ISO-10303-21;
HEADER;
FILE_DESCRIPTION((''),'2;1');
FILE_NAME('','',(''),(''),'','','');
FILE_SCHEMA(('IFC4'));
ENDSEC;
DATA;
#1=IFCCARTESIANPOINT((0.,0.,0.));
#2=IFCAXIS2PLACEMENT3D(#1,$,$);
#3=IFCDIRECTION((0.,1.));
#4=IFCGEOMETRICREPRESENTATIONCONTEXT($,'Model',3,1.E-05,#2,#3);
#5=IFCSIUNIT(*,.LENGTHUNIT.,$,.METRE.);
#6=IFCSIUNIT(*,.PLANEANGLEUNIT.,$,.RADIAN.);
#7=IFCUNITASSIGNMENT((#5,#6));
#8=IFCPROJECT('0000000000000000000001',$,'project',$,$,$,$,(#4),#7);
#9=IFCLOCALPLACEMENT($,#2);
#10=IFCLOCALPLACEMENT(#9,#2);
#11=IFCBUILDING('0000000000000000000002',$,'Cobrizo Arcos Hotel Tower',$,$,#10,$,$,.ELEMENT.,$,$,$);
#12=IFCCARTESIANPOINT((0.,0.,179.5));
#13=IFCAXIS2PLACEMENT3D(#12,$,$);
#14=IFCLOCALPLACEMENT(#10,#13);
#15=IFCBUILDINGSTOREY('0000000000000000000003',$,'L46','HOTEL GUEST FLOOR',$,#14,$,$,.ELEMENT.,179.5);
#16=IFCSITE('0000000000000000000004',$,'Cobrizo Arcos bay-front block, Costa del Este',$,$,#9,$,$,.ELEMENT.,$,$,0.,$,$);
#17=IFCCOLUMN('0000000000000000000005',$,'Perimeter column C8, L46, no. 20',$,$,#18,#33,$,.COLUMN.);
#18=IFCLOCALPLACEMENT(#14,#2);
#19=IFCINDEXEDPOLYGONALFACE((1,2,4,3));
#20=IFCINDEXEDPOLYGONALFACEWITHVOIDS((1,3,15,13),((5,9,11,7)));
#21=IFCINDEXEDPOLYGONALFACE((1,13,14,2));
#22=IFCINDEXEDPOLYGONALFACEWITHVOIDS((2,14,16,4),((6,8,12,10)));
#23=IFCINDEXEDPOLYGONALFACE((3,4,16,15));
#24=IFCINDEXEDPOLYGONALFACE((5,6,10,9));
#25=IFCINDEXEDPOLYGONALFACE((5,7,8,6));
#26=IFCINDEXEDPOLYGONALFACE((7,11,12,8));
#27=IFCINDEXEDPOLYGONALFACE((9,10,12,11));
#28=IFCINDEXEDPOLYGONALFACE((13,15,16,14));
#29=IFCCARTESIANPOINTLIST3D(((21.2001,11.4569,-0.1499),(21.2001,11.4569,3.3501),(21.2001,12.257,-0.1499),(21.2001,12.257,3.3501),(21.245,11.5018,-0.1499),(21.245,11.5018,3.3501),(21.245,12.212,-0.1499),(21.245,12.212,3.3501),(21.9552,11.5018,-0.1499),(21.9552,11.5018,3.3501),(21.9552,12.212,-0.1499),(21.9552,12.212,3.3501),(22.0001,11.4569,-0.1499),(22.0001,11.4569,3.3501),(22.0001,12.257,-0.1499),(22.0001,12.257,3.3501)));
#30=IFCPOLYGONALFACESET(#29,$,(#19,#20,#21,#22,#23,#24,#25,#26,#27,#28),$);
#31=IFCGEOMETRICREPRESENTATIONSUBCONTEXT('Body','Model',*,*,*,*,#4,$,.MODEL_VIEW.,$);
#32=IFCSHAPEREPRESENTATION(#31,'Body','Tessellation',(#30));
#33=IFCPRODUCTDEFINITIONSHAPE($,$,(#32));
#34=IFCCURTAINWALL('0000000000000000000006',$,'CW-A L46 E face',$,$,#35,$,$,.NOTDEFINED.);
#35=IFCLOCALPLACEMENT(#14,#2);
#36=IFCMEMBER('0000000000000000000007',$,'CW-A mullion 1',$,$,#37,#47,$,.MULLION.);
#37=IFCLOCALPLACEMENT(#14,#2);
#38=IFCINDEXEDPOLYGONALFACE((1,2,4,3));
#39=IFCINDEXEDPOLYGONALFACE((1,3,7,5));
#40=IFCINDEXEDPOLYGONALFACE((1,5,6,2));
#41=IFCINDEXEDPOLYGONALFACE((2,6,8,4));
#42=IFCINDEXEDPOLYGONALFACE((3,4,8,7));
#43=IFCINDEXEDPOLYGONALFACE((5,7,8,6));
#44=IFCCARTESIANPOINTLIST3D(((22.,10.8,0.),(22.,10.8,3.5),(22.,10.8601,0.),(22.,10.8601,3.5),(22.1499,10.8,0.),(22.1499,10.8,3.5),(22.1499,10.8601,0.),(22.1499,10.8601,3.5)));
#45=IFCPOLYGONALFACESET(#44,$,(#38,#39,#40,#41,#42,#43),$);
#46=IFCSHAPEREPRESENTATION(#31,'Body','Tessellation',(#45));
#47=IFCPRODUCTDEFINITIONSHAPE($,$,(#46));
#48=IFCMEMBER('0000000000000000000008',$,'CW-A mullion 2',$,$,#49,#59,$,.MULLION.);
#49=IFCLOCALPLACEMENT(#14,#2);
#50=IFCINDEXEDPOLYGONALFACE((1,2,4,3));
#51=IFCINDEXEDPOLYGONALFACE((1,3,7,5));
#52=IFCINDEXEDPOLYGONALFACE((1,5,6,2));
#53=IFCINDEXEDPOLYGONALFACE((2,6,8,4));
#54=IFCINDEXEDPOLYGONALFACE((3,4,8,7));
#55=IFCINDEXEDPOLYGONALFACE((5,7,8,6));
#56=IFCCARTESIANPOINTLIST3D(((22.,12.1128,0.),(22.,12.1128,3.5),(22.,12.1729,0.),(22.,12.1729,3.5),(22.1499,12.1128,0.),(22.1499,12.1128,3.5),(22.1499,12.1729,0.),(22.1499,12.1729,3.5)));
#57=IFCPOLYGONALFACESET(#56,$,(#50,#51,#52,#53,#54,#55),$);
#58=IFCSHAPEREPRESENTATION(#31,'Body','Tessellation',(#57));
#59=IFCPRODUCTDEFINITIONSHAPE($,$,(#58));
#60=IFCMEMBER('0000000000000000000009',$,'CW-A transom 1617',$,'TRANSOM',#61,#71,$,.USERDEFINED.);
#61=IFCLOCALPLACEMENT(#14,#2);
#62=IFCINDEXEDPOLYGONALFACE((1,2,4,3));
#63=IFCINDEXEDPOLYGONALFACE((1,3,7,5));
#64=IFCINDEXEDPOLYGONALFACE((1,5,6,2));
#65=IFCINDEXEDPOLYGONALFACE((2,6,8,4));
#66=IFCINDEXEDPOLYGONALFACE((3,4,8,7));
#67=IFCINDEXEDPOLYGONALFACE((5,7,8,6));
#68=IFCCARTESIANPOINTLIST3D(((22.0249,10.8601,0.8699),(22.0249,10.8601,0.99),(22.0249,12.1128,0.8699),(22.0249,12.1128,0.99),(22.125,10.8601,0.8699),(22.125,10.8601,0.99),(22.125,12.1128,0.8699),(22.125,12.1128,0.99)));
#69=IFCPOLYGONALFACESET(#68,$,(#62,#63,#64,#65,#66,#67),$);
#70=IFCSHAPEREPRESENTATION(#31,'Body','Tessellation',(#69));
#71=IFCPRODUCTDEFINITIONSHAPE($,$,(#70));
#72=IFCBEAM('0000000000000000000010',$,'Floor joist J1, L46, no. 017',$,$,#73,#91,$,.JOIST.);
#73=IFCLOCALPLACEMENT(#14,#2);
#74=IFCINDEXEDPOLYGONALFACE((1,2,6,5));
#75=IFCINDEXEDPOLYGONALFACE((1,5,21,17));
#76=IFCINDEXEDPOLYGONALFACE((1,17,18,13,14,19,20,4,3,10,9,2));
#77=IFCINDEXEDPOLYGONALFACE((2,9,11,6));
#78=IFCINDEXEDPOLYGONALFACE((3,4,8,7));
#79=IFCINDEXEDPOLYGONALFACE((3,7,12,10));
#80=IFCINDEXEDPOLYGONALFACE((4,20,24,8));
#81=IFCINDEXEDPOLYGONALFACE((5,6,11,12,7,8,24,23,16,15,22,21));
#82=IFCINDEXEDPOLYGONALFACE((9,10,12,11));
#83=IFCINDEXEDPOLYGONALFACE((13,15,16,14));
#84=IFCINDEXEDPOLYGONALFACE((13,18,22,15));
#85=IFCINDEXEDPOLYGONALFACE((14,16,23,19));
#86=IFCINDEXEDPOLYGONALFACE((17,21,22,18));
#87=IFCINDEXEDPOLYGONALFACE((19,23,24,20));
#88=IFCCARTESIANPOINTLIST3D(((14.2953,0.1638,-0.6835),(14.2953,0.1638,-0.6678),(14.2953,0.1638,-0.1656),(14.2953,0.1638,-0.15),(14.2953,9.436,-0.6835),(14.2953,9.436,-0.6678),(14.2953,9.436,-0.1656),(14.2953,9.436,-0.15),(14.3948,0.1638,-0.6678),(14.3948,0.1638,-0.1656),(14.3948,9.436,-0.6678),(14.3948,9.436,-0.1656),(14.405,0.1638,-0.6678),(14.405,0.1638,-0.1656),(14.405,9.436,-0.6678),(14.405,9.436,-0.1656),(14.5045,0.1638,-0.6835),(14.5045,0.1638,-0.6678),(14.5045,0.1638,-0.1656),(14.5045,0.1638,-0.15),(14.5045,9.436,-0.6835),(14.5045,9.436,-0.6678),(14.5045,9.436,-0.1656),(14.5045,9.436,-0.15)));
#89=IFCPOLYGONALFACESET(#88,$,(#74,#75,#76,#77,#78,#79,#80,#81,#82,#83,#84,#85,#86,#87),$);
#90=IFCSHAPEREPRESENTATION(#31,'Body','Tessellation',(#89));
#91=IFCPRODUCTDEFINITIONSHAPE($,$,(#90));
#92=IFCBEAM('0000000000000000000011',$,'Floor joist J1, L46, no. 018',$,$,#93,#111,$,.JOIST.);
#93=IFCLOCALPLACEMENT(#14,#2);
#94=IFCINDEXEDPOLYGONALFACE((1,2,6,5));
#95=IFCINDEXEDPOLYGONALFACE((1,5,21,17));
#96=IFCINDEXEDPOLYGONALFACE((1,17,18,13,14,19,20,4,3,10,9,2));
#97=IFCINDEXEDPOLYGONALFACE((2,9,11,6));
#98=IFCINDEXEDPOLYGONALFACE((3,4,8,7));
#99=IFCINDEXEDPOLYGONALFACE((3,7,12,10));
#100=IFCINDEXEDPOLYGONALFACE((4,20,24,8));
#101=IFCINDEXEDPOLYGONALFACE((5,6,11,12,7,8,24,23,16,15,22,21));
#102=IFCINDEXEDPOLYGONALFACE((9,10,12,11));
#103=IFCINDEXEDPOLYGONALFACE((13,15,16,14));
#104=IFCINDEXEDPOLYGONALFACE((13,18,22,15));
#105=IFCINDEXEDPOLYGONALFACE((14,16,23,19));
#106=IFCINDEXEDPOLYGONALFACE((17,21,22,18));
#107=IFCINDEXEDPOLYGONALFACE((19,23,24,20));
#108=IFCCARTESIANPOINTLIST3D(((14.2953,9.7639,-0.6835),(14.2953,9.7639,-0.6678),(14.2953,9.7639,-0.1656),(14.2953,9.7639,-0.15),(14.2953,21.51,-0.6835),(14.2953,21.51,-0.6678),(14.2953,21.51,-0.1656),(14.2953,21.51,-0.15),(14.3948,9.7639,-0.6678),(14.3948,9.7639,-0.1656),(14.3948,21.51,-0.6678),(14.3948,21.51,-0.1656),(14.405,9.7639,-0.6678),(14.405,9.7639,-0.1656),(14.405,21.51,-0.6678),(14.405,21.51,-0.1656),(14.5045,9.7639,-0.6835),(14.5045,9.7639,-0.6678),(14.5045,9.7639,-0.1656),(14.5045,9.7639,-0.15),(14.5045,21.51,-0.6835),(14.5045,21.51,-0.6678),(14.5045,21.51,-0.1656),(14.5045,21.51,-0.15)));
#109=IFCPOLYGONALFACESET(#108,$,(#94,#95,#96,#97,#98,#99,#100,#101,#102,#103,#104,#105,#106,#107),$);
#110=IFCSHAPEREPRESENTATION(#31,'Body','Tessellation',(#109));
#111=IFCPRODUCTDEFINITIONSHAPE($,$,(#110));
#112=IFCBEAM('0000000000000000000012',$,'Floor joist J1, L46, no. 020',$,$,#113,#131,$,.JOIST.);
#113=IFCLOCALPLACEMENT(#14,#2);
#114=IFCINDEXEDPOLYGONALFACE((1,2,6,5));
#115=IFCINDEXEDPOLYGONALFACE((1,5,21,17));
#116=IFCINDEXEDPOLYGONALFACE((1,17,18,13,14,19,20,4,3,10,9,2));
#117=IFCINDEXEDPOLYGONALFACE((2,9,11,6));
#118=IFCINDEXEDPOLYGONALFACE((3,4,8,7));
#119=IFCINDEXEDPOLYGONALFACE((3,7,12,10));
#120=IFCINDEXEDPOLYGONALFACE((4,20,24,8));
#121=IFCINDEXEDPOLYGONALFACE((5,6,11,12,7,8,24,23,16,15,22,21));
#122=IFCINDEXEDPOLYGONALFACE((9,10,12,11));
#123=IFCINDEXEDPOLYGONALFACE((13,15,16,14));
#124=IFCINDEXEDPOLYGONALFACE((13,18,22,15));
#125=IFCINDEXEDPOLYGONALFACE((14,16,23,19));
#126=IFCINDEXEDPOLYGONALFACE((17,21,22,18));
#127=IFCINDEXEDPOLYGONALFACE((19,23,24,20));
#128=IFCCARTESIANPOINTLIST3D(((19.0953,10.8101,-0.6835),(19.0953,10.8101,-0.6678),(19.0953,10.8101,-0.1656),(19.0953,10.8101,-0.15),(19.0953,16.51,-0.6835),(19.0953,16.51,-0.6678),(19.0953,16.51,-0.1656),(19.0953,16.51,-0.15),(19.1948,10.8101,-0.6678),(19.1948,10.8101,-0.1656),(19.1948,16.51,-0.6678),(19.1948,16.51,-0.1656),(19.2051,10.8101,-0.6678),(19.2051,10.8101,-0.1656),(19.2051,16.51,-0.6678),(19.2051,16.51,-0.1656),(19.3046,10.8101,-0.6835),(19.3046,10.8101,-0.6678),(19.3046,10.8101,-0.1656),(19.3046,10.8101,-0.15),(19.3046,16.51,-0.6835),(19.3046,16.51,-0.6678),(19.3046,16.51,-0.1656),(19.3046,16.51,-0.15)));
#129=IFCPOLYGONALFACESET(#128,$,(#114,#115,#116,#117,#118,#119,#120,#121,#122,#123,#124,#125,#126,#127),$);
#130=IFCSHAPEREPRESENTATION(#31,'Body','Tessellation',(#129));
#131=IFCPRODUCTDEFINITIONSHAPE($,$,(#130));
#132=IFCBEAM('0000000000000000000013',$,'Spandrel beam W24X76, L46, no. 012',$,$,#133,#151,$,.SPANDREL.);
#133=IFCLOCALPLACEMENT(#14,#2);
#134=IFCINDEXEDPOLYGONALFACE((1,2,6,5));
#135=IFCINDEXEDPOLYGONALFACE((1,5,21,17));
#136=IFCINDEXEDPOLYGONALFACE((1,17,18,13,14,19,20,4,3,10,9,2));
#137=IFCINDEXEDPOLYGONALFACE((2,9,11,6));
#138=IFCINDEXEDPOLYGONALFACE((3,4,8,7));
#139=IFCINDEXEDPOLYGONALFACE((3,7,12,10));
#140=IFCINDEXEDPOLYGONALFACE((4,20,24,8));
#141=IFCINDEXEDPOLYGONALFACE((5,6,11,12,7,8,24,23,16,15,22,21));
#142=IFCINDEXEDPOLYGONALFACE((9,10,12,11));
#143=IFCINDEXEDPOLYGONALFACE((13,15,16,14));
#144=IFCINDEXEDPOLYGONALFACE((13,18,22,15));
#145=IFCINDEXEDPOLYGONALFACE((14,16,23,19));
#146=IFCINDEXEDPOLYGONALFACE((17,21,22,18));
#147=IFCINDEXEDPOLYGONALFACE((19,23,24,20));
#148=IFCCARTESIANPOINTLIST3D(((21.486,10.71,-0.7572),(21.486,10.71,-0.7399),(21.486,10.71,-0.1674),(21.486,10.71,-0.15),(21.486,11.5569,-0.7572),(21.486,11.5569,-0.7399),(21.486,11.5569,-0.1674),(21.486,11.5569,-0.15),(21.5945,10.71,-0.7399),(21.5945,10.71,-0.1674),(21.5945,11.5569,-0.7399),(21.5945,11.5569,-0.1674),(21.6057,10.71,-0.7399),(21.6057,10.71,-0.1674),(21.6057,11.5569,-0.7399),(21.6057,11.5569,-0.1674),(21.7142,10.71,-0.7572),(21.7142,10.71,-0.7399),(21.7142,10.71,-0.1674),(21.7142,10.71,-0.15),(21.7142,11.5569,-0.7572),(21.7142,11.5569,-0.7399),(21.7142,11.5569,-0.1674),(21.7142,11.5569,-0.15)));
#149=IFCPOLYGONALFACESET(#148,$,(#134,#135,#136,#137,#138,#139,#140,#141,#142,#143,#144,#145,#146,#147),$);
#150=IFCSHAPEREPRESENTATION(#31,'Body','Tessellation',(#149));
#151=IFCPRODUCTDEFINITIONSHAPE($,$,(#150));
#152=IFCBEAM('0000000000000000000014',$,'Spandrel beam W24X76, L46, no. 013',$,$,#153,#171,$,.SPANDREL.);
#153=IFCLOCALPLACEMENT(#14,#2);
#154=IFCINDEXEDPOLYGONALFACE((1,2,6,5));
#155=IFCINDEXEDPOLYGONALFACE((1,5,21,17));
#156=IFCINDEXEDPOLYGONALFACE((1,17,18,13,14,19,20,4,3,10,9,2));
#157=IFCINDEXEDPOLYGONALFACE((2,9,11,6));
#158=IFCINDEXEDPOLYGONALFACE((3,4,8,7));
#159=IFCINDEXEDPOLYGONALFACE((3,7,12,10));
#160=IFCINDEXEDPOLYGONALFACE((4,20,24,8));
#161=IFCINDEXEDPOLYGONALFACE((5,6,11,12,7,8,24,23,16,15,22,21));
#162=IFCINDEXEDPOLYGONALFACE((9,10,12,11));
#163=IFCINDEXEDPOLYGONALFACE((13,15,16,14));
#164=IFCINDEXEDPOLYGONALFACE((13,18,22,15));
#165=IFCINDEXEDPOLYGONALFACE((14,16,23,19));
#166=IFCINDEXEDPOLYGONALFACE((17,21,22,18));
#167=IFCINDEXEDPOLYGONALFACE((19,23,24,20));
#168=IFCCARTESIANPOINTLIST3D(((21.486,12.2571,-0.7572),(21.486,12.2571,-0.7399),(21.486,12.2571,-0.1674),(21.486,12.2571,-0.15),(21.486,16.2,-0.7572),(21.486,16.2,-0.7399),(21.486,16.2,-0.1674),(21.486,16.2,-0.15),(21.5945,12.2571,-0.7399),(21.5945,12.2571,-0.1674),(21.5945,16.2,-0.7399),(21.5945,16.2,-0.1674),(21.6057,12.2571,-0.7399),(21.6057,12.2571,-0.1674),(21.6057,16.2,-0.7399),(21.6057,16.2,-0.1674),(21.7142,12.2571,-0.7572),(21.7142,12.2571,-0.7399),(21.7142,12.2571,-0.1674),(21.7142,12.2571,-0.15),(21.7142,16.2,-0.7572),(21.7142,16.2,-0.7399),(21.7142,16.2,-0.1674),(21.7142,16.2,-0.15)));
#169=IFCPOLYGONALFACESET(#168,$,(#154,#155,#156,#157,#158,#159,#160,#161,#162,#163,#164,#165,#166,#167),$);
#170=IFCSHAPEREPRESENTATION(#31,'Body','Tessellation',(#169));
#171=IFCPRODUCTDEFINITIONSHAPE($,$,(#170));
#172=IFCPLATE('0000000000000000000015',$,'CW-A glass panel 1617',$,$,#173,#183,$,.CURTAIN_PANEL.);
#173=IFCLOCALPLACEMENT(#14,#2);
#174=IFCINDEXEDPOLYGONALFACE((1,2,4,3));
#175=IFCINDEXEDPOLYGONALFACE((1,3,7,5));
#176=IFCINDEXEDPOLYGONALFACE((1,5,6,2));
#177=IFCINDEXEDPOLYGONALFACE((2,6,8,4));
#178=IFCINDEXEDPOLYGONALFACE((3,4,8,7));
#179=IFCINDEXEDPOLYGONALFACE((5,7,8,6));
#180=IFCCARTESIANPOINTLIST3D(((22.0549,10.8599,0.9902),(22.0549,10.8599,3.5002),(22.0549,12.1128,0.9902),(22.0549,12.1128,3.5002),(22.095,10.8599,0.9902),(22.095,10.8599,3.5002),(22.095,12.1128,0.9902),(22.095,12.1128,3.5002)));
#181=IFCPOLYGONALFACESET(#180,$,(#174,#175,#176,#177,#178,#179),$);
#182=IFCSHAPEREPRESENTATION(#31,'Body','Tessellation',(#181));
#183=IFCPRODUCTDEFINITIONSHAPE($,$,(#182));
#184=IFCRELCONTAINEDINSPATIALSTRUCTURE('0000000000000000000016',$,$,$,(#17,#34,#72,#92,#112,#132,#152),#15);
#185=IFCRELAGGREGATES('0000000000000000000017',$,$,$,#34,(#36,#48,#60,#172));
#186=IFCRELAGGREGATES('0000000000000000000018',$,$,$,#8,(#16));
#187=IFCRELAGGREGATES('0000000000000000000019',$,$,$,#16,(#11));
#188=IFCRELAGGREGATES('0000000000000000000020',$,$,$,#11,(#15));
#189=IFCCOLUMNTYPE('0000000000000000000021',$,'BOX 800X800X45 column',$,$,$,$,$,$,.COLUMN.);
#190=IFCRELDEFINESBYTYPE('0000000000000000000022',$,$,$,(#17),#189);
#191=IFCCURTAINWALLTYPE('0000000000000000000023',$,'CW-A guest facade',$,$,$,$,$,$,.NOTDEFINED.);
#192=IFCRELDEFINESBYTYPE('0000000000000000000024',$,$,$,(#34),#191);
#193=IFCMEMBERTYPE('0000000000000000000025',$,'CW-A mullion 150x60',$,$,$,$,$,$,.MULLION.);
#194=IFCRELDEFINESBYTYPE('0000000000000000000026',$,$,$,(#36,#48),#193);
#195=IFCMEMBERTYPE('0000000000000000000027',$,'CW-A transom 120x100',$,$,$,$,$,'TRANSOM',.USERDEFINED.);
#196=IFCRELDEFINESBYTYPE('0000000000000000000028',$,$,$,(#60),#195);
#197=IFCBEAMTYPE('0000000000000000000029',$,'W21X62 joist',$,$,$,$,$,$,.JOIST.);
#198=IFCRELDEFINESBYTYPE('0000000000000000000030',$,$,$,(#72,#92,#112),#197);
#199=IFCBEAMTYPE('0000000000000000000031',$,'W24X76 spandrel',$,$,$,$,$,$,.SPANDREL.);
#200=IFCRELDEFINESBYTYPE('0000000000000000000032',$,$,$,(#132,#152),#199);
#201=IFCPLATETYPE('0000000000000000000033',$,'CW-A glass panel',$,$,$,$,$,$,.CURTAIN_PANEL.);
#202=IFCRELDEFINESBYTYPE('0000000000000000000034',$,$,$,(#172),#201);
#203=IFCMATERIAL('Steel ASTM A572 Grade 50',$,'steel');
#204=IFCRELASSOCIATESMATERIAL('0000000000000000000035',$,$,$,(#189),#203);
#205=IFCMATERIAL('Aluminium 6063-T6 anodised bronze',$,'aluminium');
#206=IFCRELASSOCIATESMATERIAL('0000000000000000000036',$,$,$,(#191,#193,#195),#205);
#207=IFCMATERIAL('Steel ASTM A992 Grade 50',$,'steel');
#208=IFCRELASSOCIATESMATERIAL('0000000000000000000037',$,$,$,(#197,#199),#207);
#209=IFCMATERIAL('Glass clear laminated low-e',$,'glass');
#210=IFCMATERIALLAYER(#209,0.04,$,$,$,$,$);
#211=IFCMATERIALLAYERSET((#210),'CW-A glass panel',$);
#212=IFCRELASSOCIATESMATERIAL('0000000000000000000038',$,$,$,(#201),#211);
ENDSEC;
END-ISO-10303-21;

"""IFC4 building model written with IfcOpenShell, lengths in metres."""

from ifc_helpers import new_model, si_unit, direction, frame, origin, origin_2d, place, context, subcontext, project, spatial, rectangle, hollow_rectangle, i_section, extrude, material, layer, layer_set, material_profile, profile_set, type_object, element, aggregate, save


model = new_model("IFC4")

# Units and contexts
model_context = context("Model", 3, precision=1e-05, world=origin(), true_north=direction((0.0, 1.0)))
body_context = subcontext(model_context, "Body", "Model", "MODEL_VIEW")
ifc_project = project(units=[si_unit("LENGTHUNIT", "METRE"), si_unit("PLANEANGLEUNIT", "RADIAN")], contexts=[model_context])

# Site, building, storey
site_placement = place(None, origin())
site = spatial("IfcSite", under=ifc_project, at=site_placement, Name="Cobrizo Arcos bay-front block, Costa del Este", CompositionType="ELEMENT", RefElevation=0.0)
building_placement = place(site_placement, origin())
building = spatial("IfcBuilding", under=site, at=building_placement, Name="Cobrizo Arcos Hotel Tower", CompositionType="ELEMENT")
storey_placement = place(building_placement, frame((0.0, 0.0, 179.5)))
storey = spatial("IfcBuildingStorey", under=building, at=storey_placement, Name="L46", Description="HOTEL GUEST FLOOR", CompositionType="ELEMENT", Elevation=179.5)

# Column
ifc_material_1 = material(Name="Steel ASTM A572 Grade 50", Category="steel")
ifc_material_profile_1 = material_profile(ifc_material_1, hollow_rectangle(XDim=0.8, YDim=0.8, WallThickness=0.0449, at=origin_2d()), Name="BOX 800X800X45")
ifc_profile_set_1 = profile_set([ifc_material_profile_1], Name="Steel ASTM A572 Grade 50")
column_type = type_object("IfcColumnType", Name="BOX 800X800X45 column", PredefinedType="COLUMN", material=ifc_profile_set_1)
column_placement = place(storey_placement, frame((21.6001, 11.8569, -0.1499), z_axis=(0.0, 0.0, 1.0), x_axis=(1.0, 0.0, 0.0)))
element("IfcColumn", 1, at=column_placement, inside=storey, type_object=column_type, Name="Perimeter column C8, L46, no. 20", PredefinedType="COLUMN", context=body_context, shape_type="SweptSolid", body=[
    extrude(hollow_rectangle(XDim=0.8, YDim=0.8, WallThickness=0.0449, at=origin_2d()), origin(), (0.0, 0.0, 1.0), 3.5),
])

# Curtain wall, members
ifc_material_2 = material(Name="Aluminium 6063-T6 anodised bronze", Category="aluminium")
curtain_wall_type = type_object("IfcCurtainWallType", Name="CW-A guest facade", PredefinedType="NOTDEFINED", material=ifc_material_2)
curtain_wall_placement = place(storey_placement, origin())
curtain_wall = element("IfcCurtainWall", 2, at=curtain_wall_placement, inside=storey, type_object=curtain_wall_type, Name="CW-A L46 E face", PredefinedType="NOTDEFINED")
ifc_material_profile_2 = material_profile(ifc_material_2, rectangle(XDim=0.1499, YDim=0.0601, at=origin_2d()), Name="CW-A mullion 150x60")
ifc_profile_set_2 = profile_set([ifc_material_profile_2], Name="Aluminium 6063-T6 anodised bronze")
member_type_1 = type_object("IfcMemberType", Name="CW-A mullion 150x60", PredefinedType="MULLION", material=ifc_profile_set_2)
member_1_placement = place(storey_placement, frame((22.075, 10.8301, 0.0), z_axis=(0.0, 0.0, 1.0), x_axis=(1.0, 0.0, 0.0)))
member_1 = element("IfcMember", 3, at=member_1_placement, type_object=member_type_1, Name="CW-A mullion 1", PredefinedType="MULLION", context=body_context, shape_type="SweptSolid", body=[
    extrude(rectangle(XDim=0.1499, YDim=0.0601, at=origin_2d()), origin(), (0.0, 0.0, 1.0), 3.5),
])
member_2_placement = place(storey_placement, frame((22.075, 12.1428, 0.0), z_axis=(0.0, 0.0, 1.0), x_axis=(1.0, 0.0, 0.0)))
member_2 = element("IfcMember", 4, at=member_2_placement, type_object=member_type_1, Name="CW-A mullion 2", PredefinedType="MULLION", context=body_context, shape_type="SweptSolid", body=[
    extrude(rectangle(XDim=0.1499, YDim=0.0601, at=origin_2d()), origin(), (0.0, 0.0, 1.0), 3.5),
])
ifc_material_profile_3 = material_profile(ifc_material_2, rectangle(XDim=0.1001, YDim=0.1201, at=origin_2d()), Name="CW-A transom 120x100")
ifc_profile_set_3 = profile_set([ifc_material_profile_3], Name="Aluminium 6063-T6 anodised bronze")
member_type_2 = type_object("IfcMemberType", Name="CW-A transom 120x100", ElementType="TRANSOM", PredefinedType="USERDEFINED", material=ifc_profile_set_3)
member_3_placement = place(storey_placement, frame((22.075, 10.8601, 0.9299), z_axis=(0.0, 1.0, 0.0), x_axis=(-1.0, 0.0, 0.0)))
member_3 = element("IfcMember", 5, at=member_3_placement, type_object=member_type_2, Name="CW-A transom 1617", ObjectType="TRANSOM", PredefinedType="USERDEFINED", context=body_context, shape_type="SweptSolid", body=[
    extrude(rectangle(XDim=0.1001, YDim=0.1201, at=origin_2d()), origin(), (0.0, 0.0, 1.0), 1.2527),
])

# Beams
ifc_material_3 = material(Name="Steel ASTM A992 Grade 50", Category="steel")
ifc_material_profile_4 = material_profile(ifc_material_3, i_section(OverallWidth=0.2092, OverallDepth=0.5334, WebThickness=0.0103, FlangeThickness=0.0156, at=origin_2d()), Name="W21X62")
ifc_profile_set_4 = profile_set([ifc_material_profile_4], Name="Steel ASTM A992 Grade 50")
beam_type_1 = type_object("IfcBeamType", Name="W21X62 joist", PredefinedType="JOIST", material=ifc_profile_set_4)
beam_1_placement = place(storey_placement, frame((14.3999, 0.1638, -0.4167), z_axis=(0.0, 1.0, 0.0), x_axis=(-1.0, 0.0, 0.0)))
element("IfcBeam", 6, at=beam_1_placement, inside=storey, type_object=beam_type_1, Name="Floor joist J1, L46, no. 017", PredefinedType="JOIST", context=body_context, shape_type="SweptSolid", body=[
    extrude(i_section(OverallWidth=0.2092, OverallDepth=0.5334, WebThickness=0.0103, FlangeThickness=0.0156, at=origin_2d()), origin(), (0.0, 0.0, 1.0), 9.2722),
])
beam_2_placement = place(storey_placement, frame((14.3999, 9.7639, -0.4167), z_axis=(0.0, 1.0, 0.0), x_axis=(-1.0, 0.0, 0.0)))
element("IfcBeam", 7, at=beam_2_placement, inside=storey, type_object=beam_type_1, Name="Floor joist J1, L46, no. 018", PredefinedType="JOIST", context=body_context, shape_type="SweptSolid", body=[
    extrude(i_section(OverallWidth=0.2092, OverallDepth=0.5334, WebThickness=0.0103, FlangeThickness=0.0156, at=origin_2d()), origin(), (0.0, 0.0, 1.0), 11.7461),
])
beam_3_placement = place(storey_placement, frame((19.2, 10.8101, -0.4167), z_axis=(0.0, 1.0, 0.0), x_axis=(-1.0, 0.0, 0.0)))
element("IfcBeam", 8, at=beam_3_placement, inside=storey, type_object=beam_type_1, Name="Floor joist J1, L46, no. 020", PredefinedType="JOIST", context=body_context, shape_type="SweptSolid", body=[
    extrude(i_section(OverallWidth=0.2092, OverallDepth=0.5334, WebThickness=0.0103, FlangeThickness=0.0156, at=origin_2d()), origin(), (0.0, 0.0, 1.0), 5.7),
])
ifc_material_profile_5 = material_profile(ifc_material_3, i_section(OverallWidth=0.2283, OverallDepth=0.6072, WebThickness=0.0112, FlangeThickness=0.0173, at=origin_2d()), Name="W24X76")
ifc_profile_set_5 = profile_set([ifc_material_profile_5], Name="Steel ASTM A992 Grade 50")
beam_type_2 = type_object("IfcBeamType", Name="W24X76 spandrel", PredefinedType="SPANDREL", material=ifc_profile_set_5)
beam_4_placement = place(storey_placement, frame((21.6001, 10.71, -0.4536), z_axis=(0.0, 1.0, 0.0), x_axis=(-1.0, 0.0, 0.0)))
element("IfcBeam", 9, at=beam_4_placement, inside=storey, type_object=beam_type_2, Name="Spandrel beam W24X76, L46, no. 012", PredefinedType="SPANDREL", context=body_context, shape_type="SweptSolid", body=[
    extrude(i_section(OverallWidth=0.2283, OverallDepth=0.6072, WebThickness=0.0112, FlangeThickness=0.0173, at=origin_2d()), origin(), (0.0, 0.0, 1.0), 0.8469),
])
beam_5_placement = place(storey_placement, frame((21.6001, 12.2571, -0.4536), z_axis=(0.0, 1.0, 0.0), x_axis=(-1.0, 0.0, 0.0)))
element("IfcBeam", 10, at=beam_5_placement, inside=storey, type_object=beam_type_2, Name="Spandrel beam W24X76, L46, no. 013", PredefinedType="SPANDREL", context=body_context, shape_type="SweptSolid", body=[
    extrude(i_section(OverallWidth=0.2283, OverallDepth=0.6072, WebThickness=0.0112, FlangeThickness=0.0173, at=origin_2d()), origin(), (0.0, 0.0, 1.0), 3.9429),
])

# Plate
ifc_material_4 = material(Name="Glass clear laminated low-e", Category="glass")
ifc_layer_1 = layer(ifc_material_4, 0.04)
ifc_layer_set_1 = layer_set([ifc_layer_1], Name="CW-A glass panel")
plate_type_1 = type_object("IfcPlateType", Name="CW-A glass panel", PredefinedType="CURTAIN_PANEL", material=ifc_layer_set_1)
plate_1_placement = place(storey_placement, frame((22.075, 11.4863, 0.9902), z_axis=(0.0, 0.0, 1.0), x_axis=(0.0, 1.0, 0.0)))
plate_1 = element("IfcPlate", 11, at=plate_1_placement, type_object=plate_type_1, Name="CW-A glass panel 1617", PredefinedType="CURTAIN_PANEL", context=body_context, shape_type="SweptSolid", body=[
    extrude(rectangle(XDim=1.2529, YDim=0.04, at=origin_2d()), origin(), (0.0, 0.0, 1.0), 2.51),
])
aggregate(curtain_wall, [member_1, member_2, member_3, plate_1])

save(model, "model.ifc")
